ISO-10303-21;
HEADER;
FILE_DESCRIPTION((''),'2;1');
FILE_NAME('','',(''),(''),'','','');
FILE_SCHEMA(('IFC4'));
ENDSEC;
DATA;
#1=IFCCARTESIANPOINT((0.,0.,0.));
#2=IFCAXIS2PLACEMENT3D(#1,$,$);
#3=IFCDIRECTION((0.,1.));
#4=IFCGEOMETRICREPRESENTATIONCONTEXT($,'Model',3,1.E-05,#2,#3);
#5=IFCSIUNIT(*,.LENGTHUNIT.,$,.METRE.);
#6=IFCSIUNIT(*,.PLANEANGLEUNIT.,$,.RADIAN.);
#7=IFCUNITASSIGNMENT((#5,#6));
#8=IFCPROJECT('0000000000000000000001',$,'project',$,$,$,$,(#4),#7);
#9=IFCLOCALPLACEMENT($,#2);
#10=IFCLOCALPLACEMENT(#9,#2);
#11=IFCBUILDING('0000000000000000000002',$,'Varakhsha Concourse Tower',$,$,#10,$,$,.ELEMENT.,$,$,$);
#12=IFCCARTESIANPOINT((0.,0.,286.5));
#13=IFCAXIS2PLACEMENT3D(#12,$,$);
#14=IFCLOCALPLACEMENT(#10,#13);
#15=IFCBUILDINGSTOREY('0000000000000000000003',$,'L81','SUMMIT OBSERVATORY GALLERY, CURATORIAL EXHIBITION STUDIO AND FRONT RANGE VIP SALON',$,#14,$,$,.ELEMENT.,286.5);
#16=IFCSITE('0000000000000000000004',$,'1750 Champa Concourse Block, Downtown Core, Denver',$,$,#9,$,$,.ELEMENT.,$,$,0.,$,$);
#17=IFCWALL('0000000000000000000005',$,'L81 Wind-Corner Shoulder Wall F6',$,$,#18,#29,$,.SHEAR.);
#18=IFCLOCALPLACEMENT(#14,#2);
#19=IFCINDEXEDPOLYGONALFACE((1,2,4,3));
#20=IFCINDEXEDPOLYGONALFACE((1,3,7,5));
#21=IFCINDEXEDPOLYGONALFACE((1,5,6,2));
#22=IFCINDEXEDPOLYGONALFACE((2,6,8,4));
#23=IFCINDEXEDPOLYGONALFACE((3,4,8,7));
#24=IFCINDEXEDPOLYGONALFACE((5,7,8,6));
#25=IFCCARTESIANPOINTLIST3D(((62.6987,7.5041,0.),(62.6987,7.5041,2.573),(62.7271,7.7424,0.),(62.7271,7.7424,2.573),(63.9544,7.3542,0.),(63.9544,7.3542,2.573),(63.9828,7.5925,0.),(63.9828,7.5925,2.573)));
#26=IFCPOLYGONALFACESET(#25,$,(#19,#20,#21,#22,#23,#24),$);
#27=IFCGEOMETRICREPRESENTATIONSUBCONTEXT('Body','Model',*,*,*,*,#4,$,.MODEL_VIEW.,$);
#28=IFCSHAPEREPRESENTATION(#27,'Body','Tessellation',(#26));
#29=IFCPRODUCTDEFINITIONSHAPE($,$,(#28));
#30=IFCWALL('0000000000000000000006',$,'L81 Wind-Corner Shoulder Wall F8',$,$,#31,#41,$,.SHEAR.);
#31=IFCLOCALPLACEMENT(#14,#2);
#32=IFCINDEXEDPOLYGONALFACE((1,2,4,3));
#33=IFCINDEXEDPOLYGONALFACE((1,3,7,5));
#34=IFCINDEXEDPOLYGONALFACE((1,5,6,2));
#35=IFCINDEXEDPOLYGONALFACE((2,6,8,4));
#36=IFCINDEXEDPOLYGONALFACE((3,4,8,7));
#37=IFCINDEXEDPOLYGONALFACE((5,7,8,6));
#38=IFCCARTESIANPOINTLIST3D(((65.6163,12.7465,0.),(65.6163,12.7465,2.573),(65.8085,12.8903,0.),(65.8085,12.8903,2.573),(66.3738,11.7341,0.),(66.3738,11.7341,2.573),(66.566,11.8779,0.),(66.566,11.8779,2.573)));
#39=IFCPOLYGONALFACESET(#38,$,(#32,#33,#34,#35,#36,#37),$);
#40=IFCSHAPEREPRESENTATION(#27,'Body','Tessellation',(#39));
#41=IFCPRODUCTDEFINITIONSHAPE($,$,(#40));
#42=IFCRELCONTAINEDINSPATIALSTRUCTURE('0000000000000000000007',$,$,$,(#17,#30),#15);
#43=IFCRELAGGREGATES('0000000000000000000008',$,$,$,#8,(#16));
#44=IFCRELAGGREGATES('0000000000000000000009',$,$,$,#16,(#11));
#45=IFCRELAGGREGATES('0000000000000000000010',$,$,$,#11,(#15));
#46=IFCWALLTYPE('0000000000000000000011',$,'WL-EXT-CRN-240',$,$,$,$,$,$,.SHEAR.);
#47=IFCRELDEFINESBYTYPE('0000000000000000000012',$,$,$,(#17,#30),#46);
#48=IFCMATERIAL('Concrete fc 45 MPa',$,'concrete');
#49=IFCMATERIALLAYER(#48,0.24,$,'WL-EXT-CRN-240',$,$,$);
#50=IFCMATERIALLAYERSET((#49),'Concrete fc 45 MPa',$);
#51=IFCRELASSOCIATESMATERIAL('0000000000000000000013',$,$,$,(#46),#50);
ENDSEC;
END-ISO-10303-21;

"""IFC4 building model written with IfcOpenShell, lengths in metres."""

from ifc_helpers import new_model, si_unit, direction, frame, frame_2d, origin, place, context, subcontext, project, spatial, rectangle, extrude, material, layer, layer_set, type_object, element, save


model = new_model("IFC4")

# Units and contexts
model_context = context("Model", 3, precision=1e-05, world=origin(), true_north=direction((0.0, 1.0)))
body_context = subcontext(model_context, "Body", "Model", "MODEL_VIEW")
ifc_project = project(units=[si_unit("LENGTHUNIT", "METRE"), si_unit("PLANEANGLEUNIT", "RADIAN")], contexts=[model_context])

# Site, building, storey
site_placement = place(None, origin())
site = spatial("IfcSite", under=ifc_project, at=site_placement, Name="1750 Champa Concourse Block, Downtown Core, Denver", CompositionType="ELEMENT", RefElevation=0.0)
building_placement = place(site_placement, origin())
building = spatial("IfcBuilding", under=site, at=building_placement, Name="Varakhsha Concourse Tower", CompositionType="ELEMENT")
storey_placement = place(building_placement, frame((0.0, 0.0, 286.5)))
storey = spatial("IfcBuildingStorey", under=building, at=storey_placement, Name="L81", Description="SUMMIT OBSERVATORY GALLERY, CURATORIAL EXHIBITION STUDIO AND FRONT RANGE VIP SALON", CompositionType="ELEMENT", Elevation=286.5)

# Walls
ifc_material_1 = material(Name="Concrete fc 45 MPa", Category="concrete")
ifc_layer_1 = layer(ifc_material_1, 0.24, Name="WL-EXT-CRN-240")
ifc_layer_set_1 = layer_set([ifc_layer_1], Name="Concrete fc 45 MPa")
wall_type = type_object("IfcWallType", Name="WL-EXT-CRN-240", PredefinedType="SHEAR", material=ifc_layer_set_1)
wall_1_placement = place(storey_placement, frame((62.7129, 7.6233, 0.0), z_axis=(0.0, 0.0, 1.0), x_axis=(0.992949, -0.118544, 0.0)))
element("IfcWall", 1, at=wall_1_placement, inside=storey, type_object=wall_type, Name="L81 Wind-Corner Shoulder Wall F6", PredefinedType="SHEAR", context=body_context, shape_type="SweptSolid", body=[
    extrude(rectangle(XDim=1.2646, YDim=0.24, at=frame_2d((0.6323, 0.0))), origin(), (0.0, 0.0, 1.0), 2.573),
])
wall_2_placement = place(storey_placement, frame((66.47, 11.8059, 0.0), z_axis=(0.0, 0.0, 1.0), x_axis=(-0.599104, 0.800671, 0.0)))
element("IfcWall", 2, at=wall_2_placement, inside=storey, type_object=wall_type, Name="L81 Wind-Corner Shoulder Wall F8", PredefinedType="SHEAR", context=body_context, shape_type="SweptSolid", body=[
    extrude(rectangle(XDim=1.2644, YDim=0.24, at=frame_2d((0.6323, 0.0))), origin(), (0.0, 0.0, 1.0), 2.573),
])

save(model, "model.ifc")
